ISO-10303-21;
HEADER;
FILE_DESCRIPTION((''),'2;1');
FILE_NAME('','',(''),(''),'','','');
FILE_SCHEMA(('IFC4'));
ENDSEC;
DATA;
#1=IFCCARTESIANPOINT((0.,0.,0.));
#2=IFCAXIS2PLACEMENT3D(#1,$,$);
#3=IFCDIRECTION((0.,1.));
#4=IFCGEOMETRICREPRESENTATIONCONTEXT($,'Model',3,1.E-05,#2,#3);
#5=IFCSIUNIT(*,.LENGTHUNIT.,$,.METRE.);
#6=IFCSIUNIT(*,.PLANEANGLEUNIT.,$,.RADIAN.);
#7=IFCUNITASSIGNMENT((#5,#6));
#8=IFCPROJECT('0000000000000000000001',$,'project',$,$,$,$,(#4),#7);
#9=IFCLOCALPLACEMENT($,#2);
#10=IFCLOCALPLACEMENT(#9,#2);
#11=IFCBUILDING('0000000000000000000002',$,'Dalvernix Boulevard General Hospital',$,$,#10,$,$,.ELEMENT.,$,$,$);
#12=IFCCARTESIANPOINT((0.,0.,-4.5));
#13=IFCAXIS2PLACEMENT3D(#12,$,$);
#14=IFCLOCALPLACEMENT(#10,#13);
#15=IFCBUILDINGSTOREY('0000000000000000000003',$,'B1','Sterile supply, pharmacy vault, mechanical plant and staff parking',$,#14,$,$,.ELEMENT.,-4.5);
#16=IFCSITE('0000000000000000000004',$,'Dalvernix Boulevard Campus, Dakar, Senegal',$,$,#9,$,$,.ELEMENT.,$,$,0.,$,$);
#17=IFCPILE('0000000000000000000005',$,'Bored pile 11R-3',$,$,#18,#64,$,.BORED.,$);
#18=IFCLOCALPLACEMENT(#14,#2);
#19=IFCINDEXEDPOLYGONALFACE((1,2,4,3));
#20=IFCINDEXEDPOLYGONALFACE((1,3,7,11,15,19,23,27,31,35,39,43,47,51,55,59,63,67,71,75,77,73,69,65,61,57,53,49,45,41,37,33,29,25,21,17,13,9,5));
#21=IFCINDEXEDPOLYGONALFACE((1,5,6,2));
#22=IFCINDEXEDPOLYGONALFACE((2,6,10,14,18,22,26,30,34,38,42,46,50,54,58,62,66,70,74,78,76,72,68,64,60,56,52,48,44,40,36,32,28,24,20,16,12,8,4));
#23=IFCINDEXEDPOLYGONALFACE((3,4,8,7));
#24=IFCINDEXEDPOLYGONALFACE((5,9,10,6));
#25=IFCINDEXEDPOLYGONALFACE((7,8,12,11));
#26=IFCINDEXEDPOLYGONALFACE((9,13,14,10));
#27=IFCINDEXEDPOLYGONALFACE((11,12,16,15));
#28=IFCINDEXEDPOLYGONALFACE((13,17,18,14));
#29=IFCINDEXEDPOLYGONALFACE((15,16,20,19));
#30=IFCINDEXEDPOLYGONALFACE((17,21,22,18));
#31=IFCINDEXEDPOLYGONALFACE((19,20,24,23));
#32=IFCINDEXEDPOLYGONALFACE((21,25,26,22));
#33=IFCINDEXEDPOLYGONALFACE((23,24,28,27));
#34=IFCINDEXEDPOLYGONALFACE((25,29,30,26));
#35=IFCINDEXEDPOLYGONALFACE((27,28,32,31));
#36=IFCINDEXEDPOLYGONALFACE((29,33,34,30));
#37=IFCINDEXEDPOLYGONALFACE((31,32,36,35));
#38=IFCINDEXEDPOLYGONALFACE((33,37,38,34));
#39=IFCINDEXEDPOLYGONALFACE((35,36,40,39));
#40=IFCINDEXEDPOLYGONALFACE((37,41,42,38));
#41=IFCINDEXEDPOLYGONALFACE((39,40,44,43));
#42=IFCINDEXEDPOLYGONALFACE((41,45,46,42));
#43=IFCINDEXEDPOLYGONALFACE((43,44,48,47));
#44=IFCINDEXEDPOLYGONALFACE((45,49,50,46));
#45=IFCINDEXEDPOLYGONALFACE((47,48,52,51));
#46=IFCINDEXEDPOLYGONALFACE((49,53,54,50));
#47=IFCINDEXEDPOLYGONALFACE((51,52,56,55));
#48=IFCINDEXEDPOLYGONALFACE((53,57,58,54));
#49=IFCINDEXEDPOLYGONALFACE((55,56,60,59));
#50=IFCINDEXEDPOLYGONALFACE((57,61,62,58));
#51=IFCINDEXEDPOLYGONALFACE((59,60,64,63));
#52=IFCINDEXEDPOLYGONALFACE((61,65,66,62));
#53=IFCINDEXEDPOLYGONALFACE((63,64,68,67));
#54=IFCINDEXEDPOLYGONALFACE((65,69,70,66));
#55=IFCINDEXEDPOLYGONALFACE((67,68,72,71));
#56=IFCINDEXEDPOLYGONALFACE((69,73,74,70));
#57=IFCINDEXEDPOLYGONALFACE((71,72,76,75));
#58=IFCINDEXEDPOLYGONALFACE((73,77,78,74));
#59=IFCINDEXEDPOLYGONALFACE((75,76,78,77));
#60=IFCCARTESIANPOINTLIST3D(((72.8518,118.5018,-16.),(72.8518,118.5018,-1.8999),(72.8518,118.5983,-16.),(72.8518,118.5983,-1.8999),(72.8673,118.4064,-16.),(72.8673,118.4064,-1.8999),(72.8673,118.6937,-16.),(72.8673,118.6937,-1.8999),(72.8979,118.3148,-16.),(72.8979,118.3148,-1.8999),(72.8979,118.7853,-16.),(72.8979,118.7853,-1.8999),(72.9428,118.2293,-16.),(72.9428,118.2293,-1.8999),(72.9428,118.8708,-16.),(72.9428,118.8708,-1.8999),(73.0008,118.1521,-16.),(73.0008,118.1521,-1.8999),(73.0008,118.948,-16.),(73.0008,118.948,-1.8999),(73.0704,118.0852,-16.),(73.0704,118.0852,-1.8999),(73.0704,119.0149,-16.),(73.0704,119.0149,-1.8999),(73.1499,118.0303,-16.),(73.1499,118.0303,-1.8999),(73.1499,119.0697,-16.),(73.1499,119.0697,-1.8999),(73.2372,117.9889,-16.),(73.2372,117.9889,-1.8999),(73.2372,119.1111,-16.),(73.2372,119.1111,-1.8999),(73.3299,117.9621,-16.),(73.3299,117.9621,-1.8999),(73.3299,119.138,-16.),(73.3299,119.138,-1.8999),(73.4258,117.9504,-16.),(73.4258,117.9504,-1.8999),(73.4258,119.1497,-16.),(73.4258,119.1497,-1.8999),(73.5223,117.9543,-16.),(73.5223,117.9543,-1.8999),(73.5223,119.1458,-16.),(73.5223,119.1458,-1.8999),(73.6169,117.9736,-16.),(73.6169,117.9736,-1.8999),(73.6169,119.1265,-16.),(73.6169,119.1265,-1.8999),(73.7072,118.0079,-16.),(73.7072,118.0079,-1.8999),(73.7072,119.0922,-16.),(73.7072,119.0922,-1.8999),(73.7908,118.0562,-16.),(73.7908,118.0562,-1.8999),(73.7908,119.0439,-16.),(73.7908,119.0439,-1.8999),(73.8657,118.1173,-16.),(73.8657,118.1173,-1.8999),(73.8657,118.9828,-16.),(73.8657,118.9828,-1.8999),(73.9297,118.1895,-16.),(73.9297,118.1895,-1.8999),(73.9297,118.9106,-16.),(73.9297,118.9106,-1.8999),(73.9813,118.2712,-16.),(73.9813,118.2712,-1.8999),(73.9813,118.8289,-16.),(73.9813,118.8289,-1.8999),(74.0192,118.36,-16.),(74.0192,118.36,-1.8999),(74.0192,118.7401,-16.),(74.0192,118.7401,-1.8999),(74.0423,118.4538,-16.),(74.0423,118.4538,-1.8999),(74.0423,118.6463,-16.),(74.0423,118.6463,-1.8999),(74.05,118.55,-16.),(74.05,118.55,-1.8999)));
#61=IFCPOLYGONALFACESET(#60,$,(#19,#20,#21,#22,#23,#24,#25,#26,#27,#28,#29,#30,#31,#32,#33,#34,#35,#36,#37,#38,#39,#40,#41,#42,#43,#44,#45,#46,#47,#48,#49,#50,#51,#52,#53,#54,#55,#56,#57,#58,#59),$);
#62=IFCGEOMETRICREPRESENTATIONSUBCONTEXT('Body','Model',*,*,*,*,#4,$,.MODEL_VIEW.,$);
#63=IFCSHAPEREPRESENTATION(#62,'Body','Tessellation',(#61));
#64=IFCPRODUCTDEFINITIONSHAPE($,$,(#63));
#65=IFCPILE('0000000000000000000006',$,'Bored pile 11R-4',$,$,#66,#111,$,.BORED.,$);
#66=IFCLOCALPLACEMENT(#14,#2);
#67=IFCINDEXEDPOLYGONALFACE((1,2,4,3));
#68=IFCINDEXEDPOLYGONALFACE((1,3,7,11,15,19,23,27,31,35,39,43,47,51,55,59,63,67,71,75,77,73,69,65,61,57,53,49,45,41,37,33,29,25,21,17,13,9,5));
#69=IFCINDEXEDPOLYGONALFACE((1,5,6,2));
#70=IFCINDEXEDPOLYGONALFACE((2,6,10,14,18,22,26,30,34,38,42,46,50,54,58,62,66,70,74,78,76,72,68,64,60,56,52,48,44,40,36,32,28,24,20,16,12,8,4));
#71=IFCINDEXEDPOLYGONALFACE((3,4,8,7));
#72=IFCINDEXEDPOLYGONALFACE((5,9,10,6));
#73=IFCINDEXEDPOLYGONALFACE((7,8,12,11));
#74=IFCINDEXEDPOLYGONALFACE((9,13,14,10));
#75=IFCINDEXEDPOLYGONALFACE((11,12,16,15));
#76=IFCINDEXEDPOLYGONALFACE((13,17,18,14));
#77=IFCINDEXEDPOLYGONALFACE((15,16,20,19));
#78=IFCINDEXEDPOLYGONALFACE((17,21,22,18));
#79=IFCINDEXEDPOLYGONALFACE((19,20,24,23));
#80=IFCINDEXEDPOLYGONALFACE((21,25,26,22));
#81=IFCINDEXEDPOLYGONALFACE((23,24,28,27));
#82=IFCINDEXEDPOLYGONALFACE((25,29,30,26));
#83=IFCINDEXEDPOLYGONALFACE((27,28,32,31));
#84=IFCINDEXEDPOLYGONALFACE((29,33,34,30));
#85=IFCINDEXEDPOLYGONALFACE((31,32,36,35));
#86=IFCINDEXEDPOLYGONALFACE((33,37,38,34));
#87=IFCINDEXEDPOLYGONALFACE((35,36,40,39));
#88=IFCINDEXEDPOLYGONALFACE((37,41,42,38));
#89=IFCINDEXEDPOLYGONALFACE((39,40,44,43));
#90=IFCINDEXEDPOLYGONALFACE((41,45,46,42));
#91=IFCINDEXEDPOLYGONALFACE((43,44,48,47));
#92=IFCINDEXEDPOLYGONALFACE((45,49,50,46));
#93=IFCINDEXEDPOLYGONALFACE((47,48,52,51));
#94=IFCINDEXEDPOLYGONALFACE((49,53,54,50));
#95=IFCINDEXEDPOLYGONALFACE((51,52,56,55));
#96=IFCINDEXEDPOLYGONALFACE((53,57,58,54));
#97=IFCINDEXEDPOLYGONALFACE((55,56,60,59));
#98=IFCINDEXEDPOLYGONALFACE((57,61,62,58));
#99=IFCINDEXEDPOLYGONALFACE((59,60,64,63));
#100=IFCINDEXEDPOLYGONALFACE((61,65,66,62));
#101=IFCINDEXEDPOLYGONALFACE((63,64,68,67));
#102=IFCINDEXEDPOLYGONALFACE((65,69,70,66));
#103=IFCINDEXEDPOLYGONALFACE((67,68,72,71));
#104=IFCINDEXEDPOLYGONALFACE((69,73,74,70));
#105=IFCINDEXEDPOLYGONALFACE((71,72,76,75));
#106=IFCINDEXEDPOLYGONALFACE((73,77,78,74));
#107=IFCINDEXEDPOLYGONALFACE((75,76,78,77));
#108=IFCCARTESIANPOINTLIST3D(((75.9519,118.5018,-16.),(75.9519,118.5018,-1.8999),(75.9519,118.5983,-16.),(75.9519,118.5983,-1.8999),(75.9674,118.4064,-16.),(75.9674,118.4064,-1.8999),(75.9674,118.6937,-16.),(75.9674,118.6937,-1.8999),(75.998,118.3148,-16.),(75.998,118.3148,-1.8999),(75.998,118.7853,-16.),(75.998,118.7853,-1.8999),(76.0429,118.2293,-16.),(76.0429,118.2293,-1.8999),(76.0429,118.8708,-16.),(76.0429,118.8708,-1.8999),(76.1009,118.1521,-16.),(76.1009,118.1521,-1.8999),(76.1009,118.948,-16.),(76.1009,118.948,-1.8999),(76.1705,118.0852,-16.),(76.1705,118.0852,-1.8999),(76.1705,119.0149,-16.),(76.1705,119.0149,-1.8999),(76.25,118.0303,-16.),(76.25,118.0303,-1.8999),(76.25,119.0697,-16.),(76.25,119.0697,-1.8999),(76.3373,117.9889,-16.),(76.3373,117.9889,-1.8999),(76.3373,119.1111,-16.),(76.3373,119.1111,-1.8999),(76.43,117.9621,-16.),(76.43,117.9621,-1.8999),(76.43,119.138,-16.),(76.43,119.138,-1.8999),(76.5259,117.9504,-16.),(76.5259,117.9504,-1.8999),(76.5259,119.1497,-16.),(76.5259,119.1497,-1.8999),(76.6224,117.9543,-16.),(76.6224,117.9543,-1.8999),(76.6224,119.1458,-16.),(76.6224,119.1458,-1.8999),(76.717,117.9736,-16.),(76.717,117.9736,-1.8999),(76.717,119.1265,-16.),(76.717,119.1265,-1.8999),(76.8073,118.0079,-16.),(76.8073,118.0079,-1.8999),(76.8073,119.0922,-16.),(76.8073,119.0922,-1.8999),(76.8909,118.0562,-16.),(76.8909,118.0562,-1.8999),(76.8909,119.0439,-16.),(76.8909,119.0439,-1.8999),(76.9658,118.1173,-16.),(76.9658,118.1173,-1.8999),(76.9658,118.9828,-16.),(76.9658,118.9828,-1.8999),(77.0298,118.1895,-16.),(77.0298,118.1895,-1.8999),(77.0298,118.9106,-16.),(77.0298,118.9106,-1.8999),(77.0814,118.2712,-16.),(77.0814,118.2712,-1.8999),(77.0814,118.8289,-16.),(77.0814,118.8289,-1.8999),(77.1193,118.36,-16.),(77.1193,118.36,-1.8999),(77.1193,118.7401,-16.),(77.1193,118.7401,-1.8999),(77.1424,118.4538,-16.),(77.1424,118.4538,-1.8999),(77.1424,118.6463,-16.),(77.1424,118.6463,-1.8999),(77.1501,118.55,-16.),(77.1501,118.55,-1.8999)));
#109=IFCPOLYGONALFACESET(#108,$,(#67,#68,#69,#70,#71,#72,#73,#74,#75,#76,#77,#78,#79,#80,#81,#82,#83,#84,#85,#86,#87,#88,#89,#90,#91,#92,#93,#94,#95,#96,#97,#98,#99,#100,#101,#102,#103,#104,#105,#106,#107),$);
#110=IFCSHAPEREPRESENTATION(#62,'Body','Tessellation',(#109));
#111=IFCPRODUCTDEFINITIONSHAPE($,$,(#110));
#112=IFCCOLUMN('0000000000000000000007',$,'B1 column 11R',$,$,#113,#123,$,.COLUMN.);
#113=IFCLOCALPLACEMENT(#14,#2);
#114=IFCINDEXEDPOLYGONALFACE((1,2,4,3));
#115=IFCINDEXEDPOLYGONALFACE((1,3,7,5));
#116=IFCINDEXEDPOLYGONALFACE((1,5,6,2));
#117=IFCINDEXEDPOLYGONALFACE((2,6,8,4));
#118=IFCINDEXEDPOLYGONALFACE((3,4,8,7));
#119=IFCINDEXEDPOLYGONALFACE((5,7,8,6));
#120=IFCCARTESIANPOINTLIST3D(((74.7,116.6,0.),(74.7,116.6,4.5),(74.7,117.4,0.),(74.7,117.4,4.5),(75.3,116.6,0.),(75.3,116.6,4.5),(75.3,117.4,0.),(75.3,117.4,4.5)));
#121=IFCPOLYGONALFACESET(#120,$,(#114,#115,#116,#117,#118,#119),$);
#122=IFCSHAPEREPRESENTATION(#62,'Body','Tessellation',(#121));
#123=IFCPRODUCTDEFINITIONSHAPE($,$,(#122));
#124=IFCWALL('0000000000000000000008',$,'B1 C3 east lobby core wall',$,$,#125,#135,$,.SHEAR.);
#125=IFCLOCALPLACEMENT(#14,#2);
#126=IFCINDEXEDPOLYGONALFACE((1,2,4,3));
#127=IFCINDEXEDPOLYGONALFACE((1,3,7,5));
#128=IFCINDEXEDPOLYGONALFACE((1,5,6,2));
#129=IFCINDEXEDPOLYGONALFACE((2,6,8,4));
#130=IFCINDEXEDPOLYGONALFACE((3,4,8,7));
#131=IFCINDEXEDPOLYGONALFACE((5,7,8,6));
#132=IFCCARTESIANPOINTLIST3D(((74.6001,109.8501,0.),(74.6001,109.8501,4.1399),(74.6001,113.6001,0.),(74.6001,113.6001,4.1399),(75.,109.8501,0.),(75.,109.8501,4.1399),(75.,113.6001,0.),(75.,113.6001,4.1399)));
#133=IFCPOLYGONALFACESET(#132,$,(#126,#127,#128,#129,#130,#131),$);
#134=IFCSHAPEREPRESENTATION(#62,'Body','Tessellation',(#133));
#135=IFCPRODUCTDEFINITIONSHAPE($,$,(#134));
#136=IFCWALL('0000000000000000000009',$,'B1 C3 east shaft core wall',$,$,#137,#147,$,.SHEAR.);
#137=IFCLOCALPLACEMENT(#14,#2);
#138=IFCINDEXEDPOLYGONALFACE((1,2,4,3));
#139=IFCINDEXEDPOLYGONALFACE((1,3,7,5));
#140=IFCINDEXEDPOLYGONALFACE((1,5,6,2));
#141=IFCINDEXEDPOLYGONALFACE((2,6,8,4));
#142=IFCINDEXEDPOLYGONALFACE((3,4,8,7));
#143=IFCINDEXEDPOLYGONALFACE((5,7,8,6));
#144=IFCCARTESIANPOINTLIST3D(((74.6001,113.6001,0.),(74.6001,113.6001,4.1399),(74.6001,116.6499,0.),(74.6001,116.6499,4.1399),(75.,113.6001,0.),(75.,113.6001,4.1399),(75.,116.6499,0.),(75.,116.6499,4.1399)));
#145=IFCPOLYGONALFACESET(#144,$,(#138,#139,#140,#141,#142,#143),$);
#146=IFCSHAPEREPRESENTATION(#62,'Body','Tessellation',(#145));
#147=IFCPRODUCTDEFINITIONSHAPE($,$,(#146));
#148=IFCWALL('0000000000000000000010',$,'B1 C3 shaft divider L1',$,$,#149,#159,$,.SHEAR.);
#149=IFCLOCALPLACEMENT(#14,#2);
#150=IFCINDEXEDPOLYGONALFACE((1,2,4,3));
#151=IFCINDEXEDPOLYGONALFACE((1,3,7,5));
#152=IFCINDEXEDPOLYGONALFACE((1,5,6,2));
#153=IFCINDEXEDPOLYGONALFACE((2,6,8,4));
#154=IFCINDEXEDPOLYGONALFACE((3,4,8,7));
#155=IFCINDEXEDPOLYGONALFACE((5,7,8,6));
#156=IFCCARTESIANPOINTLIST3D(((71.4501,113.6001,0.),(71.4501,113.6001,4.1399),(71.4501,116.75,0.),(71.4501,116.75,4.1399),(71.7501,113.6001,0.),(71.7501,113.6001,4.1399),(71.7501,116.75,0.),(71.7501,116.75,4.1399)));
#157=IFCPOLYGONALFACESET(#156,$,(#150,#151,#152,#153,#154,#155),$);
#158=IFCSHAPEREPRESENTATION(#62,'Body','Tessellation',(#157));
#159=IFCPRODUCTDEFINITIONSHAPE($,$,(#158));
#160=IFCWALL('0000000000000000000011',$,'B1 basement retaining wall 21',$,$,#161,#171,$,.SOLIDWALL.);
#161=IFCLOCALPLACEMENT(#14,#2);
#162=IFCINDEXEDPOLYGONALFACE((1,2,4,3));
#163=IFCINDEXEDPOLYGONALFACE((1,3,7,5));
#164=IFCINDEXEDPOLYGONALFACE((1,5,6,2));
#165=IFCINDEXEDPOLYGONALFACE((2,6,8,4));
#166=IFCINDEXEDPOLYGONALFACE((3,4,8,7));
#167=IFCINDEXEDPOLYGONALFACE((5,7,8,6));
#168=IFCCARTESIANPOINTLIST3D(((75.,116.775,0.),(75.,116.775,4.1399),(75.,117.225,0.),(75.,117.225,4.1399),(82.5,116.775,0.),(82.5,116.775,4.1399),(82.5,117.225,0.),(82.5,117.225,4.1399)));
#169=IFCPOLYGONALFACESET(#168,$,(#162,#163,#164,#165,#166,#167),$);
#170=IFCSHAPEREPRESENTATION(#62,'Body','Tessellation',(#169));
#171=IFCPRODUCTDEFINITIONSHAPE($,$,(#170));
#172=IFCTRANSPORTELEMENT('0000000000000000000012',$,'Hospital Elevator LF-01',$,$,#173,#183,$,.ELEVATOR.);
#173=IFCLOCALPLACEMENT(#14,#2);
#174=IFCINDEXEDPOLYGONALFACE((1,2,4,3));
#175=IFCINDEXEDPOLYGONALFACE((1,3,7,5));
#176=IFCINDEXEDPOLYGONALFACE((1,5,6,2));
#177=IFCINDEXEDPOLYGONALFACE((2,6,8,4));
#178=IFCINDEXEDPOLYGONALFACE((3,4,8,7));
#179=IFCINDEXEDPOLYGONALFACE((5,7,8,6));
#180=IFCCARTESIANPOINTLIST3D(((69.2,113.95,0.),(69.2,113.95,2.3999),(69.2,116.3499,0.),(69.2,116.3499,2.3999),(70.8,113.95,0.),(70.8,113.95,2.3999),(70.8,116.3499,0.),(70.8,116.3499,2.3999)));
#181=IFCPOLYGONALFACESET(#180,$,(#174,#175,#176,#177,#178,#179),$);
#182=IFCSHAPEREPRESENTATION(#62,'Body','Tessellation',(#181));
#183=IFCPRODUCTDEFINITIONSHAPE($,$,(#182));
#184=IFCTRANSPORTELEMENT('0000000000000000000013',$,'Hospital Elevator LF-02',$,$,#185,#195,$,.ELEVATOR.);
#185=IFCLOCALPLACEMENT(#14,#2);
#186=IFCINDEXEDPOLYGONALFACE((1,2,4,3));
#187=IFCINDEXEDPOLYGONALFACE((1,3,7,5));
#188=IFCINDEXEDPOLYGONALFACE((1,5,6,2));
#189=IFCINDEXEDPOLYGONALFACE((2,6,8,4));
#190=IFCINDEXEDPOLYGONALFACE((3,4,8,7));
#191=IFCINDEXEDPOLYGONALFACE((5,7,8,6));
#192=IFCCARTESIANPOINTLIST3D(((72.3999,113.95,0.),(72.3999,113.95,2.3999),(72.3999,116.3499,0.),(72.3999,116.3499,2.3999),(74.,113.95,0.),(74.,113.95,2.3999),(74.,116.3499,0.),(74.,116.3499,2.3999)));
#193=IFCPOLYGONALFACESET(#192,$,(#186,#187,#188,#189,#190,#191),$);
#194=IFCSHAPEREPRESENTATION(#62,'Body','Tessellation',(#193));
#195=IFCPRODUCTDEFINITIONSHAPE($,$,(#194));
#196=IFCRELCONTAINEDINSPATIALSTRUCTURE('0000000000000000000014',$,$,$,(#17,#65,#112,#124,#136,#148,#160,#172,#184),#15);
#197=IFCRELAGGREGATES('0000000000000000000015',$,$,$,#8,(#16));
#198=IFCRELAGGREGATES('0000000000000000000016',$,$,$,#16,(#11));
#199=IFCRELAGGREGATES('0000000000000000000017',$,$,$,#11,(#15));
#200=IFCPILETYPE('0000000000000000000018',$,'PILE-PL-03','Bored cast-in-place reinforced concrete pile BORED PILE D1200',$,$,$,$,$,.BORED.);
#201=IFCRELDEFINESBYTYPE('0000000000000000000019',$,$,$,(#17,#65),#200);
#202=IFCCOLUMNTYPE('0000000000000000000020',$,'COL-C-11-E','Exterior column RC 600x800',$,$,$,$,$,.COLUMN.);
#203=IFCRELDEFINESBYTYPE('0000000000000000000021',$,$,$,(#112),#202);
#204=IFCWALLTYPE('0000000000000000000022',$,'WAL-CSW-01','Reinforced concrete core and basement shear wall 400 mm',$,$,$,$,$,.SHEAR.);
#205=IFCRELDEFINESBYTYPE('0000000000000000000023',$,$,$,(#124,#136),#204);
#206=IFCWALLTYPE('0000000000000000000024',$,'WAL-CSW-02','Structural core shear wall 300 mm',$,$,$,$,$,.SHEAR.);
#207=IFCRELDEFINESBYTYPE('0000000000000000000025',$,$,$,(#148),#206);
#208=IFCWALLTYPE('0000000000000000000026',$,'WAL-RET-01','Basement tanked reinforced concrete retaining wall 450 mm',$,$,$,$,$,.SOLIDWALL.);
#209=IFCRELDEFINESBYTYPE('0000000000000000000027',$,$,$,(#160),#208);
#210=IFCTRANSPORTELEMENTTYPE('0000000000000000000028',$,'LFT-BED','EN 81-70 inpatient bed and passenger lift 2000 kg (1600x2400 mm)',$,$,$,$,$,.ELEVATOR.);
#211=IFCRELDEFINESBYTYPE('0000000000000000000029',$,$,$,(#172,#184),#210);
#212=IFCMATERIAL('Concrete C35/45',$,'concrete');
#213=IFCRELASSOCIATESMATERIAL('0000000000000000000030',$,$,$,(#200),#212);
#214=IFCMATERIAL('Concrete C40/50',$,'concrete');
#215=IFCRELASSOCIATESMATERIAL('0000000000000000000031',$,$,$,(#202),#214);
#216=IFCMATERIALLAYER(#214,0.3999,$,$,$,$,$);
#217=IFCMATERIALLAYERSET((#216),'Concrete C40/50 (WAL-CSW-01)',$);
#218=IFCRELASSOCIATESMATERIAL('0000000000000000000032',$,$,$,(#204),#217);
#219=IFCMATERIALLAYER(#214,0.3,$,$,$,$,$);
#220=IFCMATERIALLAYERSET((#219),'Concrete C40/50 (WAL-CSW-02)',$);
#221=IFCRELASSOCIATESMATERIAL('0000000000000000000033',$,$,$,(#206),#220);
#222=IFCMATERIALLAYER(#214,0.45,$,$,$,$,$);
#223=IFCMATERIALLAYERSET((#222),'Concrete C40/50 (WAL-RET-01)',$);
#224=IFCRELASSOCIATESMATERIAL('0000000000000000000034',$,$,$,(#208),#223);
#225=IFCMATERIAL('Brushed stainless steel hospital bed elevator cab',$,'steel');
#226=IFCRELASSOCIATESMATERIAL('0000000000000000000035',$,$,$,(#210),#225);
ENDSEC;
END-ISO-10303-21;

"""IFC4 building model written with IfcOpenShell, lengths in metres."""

from ifc_helpers import new_model, si_unit, direction, frame, frame_2d, origin, origin_2d, place, context, subcontext, project, spatial, rectangle, circle, extrude, material, layer, layer_set, material_profile, profile_set, type_object, element, save


model = new_model("IFC4")

# Units and contexts
model_context = context("Model", 3, precision=1e-05, world=origin(), true_north=direction((0.0, 1.0)))
body_context = subcontext(model_context, "Body", "Model", "MODEL_VIEW")
ifc_project = project(units=[si_unit("LENGTHUNIT", "METRE"), si_unit("PLANEANGLEUNIT", "RADIAN")], contexts=[model_context])

# Site, building, storey
site_placement = place(None, origin())
site = spatial("IfcSite", under=ifc_project, at=site_placement, Name="Dalvernix Boulevard Campus, Dakar, Senegal", CompositionType="ELEMENT", RefElevation=0.0)
building_placement = place(site_placement, origin())
building = spatial("IfcBuilding", under=site, at=building_placement, Name="Dalvernix Boulevard General Hospital", CompositionType="ELEMENT")
storey_placement = place(building_placement, frame((0.0, 0.0, -4.5)))
storey = spatial("IfcBuildingStorey", under=building, at=storey_placement, Name="B1", Description="Sterile supply, pharmacy vault, mechanical plant and staff parking", CompositionType="ELEMENT", Elevation=-4.5)

# Shared definitions
ifc_material_1 = material(Name="Concrete C35/45", Category="concrete")
ifc_material_2 = material(Name="Concrete C40/50", Category="concrete")

# Piles
ifc_material_profile_1 = material_profile(ifc_material_1, circle(Radius=0.6001, at=origin_2d()), Name="BORED PILE D1200")
ifc_profile_set_1 = profile_set([ifc_material_profile_1], Name="Concrete C35/45")
pile_type = type_object("IfcPileType", Name="PILE-PL-03", Description="Bored cast-in-place reinforced concrete pile BORED PILE D1200", PredefinedType="BORED", material=ifc_profile_set_1)
for number, where, z_axis, x_axis, name in (
    (1, (73.45, 118.55, -1.8999), (0.0, 0.0, -1.0), (1.0, 0.0, 0.0), "Bored pile 11R-3"),
    (2, (76.55, 118.55, -1.8999), (0.0, 0.0, -1.0), (1.0, 0.0, 0.0), "Bored pile 11R-4"),
):
    element("IfcPile", number, at=place(storey_placement, frame(where, z_axis=z_axis, x_axis=x_axis)), inside=storey, type_object=pile_type, Name=name, PredefinedType="BORED", context=body_context, shape_type="SweptSolid", body=[
        extrude(circle(Radius=0.6001, at=origin_2d()), origin(), (0.0, 0.0, 1.0), 14.1001),
    ])

# Column
ifc_material_profile_2 = material_profile(ifc_material_2, rectangle(XDim=0.6001, YDim=0.8, at=origin_2d()), Name="RC 600x800")
ifc_profile_set_2 = profile_set([ifc_material_profile_2], Name="Concrete C40/50")
column_type = type_object("IfcColumnType", Name="COL-C-11-E", Description="Exterior column RC 600x800", PredefinedType="COLUMN", material=ifc_profile_set_2)
column_placement = place(storey_placement, frame((75.0, 117.0, 0.0), z_axis=(0.0, 0.0, 1.0), x_axis=(1.0, 0.0, 0.0)))
element("IfcColumn", 3, at=column_placement, inside=storey, type_object=column_type, Name="B1 column 11R", PredefinedType="COLUMN", context=body_context, shape_type="SweptSolid", body=[
    extrude(rectangle(XDim=0.6001, YDim=0.8, at=origin_2d()), origin(), (0.0, 0.0, 1.0), 4.5),
])

# Walls
ifc_layer_1 = layer(ifc_material_2, 0.3999)
ifc_layer_set_1 = layer_set([ifc_layer_1], Name="Concrete C40/50 (WAL-CSW-01)")
wall_type_1 = type_object("IfcWallType", Name="WAL-CSW-01", Description="Reinforced concrete core and basement shear wall 400 mm", PredefinedType="SHEAR", material=ifc_layer_set_1)
wall_1_placement = place(storey_placement, frame((74.8, 109.8501, 0.0), z_axis=(0.0, 0.0, 1.0), x_axis=(0.0, 1.0, 0.0)))
element("IfcWall", 4, at=wall_1_placement, inside=storey, type_object=wall_type_1, Name="B1 C3 east lobby core wall", PredefinedType="SHEAR", context=body_context, shape_type="SweptSolid", body=[
    extrude(rectangle(XDim=3.75, YDim=0.3999, at=frame_2d((1.875, 0.0))), origin(), (0.0, 0.0, 1.0), 4.1399),
])
wall_2_placement = place(storey_placement, frame((74.8, 113.6001, 0.0), z_axis=(0.0, 0.0, 1.0), x_axis=(0.0, 1.0, 0.0)))
element("IfcWall", 5, at=wall_2_placement, inside=storey, type_object=wall_type_1, Name="B1 C3 east shaft core wall", PredefinedType="SHEAR", context=body_context, shape_type="SweptSolid", body=[
    extrude(rectangle(XDim=3.0498, YDim=0.3999, at=frame_2d((1.5249, 0.0))), origin(), (0.0, 0.0, 1.0), 4.1399),
])
ifc_layer_2 = layer(ifc_material_2, 0.3)
ifc_layer_set_2 = layer_set([ifc_layer_2], Name="Concrete C40/50 (WAL-CSW-02)")
wall_type_2 = type_object("IfcWallType", Name="WAL-CSW-02", Description="Structural core shear wall 300 mm", PredefinedType="SHEAR", material=ifc_layer_set_2)
wall_3_placement = place(storey_placement, frame((71.6001, 113.6001, 0.0), z_axis=(0.0, 0.0, 1.0), x_axis=(0.0, 1.0, 0.0)))
element("IfcWall", 6, at=wall_3_placement, inside=storey, type_object=wall_type_2, Name="B1 C3 shaft divider L1", PredefinedType="SHEAR", context=body_context, shape_type="SweptSolid", body=[
    extrude(rectangle(XDim=3.1499, YDim=0.3, at=frame_2d((1.575, 0.0))), origin(), (0.0, 0.0, 1.0), 4.1399),
])
ifc_layer_3 = layer(ifc_material_2, 0.45)
ifc_layer_set_3 = layer_set([ifc_layer_3], Name="Concrete C40/50 (WAL-RET-01)")
wall_type_3 = type_object("IfcWallType", Name="WAL-RET-01", Description="Basement tanked reinforced concrete retaining wall 450 mm", PredefinedType="SOLIDWALL", material=ifc_layer_set_3)
wall_4_placement = place(storey_placement, frame((75.0, 117.0, 0.0), z_axis=(0.0, 0.0, 1.0), x_axis=(1.0, 0.0, 0.0)))
element("IfcWall", 7, at=wall_4_placement, inside=storey, type_object=wall_type_3, Name="B1 basement retaining wall 21", PredefinedType="SOLIDWALL", context=body_context, shape_type="SweptSolid", body=[
    extrude(rectangle(XDim=7.5, YDim=0.45, at=frame_2d((3.75, 0.0))), origin(), (0.0, 0.0, 1.0), 4.1399),
])

# Transport elements
ifc_material_3 = material(Name="Brushed stainless steel hospital bed elevator cab", Category="steel")
transport_element_type = type_object("IfcTransportElementType", Name="LFT-BED", Description="EN 81-70 inpatient bed and passenger lift 2000 kg (1600x2400 mm)", PredefinedType="ELEVATOR", material=ifc_material_3)
for number, where, z_axis, x_axis, name in (
    (8, (70.0, 115.1499, 0.0), (0.0, 0.0, 1.0), (1.0, 0.0, 0.0), "Hospital Elevator LF-01"),
    (9, (73.2, 115.1499, 0.0), (0.0, 0.0, 1.0), (1.0, 0.0, 0.0), "Hospital Elevator LF-02"),
):
    element("IfcTransportElement", number, at=place(storey_placement, frame(where, z_axis=z_axis, x_axis=x_axis)), inside=storey, type_object=transport_element_type, Name=name, PredefinedType="ELEVATOR", context=body_context, shape_type="SweptSolid", body=[
        extrude(rectangle(XDim=1.6001, YDim=2.3999, at=origin_2d()), origin(), (0.0, 0.0, 1.0), 2.3999),
    ])

save(model, "model.ifc")
